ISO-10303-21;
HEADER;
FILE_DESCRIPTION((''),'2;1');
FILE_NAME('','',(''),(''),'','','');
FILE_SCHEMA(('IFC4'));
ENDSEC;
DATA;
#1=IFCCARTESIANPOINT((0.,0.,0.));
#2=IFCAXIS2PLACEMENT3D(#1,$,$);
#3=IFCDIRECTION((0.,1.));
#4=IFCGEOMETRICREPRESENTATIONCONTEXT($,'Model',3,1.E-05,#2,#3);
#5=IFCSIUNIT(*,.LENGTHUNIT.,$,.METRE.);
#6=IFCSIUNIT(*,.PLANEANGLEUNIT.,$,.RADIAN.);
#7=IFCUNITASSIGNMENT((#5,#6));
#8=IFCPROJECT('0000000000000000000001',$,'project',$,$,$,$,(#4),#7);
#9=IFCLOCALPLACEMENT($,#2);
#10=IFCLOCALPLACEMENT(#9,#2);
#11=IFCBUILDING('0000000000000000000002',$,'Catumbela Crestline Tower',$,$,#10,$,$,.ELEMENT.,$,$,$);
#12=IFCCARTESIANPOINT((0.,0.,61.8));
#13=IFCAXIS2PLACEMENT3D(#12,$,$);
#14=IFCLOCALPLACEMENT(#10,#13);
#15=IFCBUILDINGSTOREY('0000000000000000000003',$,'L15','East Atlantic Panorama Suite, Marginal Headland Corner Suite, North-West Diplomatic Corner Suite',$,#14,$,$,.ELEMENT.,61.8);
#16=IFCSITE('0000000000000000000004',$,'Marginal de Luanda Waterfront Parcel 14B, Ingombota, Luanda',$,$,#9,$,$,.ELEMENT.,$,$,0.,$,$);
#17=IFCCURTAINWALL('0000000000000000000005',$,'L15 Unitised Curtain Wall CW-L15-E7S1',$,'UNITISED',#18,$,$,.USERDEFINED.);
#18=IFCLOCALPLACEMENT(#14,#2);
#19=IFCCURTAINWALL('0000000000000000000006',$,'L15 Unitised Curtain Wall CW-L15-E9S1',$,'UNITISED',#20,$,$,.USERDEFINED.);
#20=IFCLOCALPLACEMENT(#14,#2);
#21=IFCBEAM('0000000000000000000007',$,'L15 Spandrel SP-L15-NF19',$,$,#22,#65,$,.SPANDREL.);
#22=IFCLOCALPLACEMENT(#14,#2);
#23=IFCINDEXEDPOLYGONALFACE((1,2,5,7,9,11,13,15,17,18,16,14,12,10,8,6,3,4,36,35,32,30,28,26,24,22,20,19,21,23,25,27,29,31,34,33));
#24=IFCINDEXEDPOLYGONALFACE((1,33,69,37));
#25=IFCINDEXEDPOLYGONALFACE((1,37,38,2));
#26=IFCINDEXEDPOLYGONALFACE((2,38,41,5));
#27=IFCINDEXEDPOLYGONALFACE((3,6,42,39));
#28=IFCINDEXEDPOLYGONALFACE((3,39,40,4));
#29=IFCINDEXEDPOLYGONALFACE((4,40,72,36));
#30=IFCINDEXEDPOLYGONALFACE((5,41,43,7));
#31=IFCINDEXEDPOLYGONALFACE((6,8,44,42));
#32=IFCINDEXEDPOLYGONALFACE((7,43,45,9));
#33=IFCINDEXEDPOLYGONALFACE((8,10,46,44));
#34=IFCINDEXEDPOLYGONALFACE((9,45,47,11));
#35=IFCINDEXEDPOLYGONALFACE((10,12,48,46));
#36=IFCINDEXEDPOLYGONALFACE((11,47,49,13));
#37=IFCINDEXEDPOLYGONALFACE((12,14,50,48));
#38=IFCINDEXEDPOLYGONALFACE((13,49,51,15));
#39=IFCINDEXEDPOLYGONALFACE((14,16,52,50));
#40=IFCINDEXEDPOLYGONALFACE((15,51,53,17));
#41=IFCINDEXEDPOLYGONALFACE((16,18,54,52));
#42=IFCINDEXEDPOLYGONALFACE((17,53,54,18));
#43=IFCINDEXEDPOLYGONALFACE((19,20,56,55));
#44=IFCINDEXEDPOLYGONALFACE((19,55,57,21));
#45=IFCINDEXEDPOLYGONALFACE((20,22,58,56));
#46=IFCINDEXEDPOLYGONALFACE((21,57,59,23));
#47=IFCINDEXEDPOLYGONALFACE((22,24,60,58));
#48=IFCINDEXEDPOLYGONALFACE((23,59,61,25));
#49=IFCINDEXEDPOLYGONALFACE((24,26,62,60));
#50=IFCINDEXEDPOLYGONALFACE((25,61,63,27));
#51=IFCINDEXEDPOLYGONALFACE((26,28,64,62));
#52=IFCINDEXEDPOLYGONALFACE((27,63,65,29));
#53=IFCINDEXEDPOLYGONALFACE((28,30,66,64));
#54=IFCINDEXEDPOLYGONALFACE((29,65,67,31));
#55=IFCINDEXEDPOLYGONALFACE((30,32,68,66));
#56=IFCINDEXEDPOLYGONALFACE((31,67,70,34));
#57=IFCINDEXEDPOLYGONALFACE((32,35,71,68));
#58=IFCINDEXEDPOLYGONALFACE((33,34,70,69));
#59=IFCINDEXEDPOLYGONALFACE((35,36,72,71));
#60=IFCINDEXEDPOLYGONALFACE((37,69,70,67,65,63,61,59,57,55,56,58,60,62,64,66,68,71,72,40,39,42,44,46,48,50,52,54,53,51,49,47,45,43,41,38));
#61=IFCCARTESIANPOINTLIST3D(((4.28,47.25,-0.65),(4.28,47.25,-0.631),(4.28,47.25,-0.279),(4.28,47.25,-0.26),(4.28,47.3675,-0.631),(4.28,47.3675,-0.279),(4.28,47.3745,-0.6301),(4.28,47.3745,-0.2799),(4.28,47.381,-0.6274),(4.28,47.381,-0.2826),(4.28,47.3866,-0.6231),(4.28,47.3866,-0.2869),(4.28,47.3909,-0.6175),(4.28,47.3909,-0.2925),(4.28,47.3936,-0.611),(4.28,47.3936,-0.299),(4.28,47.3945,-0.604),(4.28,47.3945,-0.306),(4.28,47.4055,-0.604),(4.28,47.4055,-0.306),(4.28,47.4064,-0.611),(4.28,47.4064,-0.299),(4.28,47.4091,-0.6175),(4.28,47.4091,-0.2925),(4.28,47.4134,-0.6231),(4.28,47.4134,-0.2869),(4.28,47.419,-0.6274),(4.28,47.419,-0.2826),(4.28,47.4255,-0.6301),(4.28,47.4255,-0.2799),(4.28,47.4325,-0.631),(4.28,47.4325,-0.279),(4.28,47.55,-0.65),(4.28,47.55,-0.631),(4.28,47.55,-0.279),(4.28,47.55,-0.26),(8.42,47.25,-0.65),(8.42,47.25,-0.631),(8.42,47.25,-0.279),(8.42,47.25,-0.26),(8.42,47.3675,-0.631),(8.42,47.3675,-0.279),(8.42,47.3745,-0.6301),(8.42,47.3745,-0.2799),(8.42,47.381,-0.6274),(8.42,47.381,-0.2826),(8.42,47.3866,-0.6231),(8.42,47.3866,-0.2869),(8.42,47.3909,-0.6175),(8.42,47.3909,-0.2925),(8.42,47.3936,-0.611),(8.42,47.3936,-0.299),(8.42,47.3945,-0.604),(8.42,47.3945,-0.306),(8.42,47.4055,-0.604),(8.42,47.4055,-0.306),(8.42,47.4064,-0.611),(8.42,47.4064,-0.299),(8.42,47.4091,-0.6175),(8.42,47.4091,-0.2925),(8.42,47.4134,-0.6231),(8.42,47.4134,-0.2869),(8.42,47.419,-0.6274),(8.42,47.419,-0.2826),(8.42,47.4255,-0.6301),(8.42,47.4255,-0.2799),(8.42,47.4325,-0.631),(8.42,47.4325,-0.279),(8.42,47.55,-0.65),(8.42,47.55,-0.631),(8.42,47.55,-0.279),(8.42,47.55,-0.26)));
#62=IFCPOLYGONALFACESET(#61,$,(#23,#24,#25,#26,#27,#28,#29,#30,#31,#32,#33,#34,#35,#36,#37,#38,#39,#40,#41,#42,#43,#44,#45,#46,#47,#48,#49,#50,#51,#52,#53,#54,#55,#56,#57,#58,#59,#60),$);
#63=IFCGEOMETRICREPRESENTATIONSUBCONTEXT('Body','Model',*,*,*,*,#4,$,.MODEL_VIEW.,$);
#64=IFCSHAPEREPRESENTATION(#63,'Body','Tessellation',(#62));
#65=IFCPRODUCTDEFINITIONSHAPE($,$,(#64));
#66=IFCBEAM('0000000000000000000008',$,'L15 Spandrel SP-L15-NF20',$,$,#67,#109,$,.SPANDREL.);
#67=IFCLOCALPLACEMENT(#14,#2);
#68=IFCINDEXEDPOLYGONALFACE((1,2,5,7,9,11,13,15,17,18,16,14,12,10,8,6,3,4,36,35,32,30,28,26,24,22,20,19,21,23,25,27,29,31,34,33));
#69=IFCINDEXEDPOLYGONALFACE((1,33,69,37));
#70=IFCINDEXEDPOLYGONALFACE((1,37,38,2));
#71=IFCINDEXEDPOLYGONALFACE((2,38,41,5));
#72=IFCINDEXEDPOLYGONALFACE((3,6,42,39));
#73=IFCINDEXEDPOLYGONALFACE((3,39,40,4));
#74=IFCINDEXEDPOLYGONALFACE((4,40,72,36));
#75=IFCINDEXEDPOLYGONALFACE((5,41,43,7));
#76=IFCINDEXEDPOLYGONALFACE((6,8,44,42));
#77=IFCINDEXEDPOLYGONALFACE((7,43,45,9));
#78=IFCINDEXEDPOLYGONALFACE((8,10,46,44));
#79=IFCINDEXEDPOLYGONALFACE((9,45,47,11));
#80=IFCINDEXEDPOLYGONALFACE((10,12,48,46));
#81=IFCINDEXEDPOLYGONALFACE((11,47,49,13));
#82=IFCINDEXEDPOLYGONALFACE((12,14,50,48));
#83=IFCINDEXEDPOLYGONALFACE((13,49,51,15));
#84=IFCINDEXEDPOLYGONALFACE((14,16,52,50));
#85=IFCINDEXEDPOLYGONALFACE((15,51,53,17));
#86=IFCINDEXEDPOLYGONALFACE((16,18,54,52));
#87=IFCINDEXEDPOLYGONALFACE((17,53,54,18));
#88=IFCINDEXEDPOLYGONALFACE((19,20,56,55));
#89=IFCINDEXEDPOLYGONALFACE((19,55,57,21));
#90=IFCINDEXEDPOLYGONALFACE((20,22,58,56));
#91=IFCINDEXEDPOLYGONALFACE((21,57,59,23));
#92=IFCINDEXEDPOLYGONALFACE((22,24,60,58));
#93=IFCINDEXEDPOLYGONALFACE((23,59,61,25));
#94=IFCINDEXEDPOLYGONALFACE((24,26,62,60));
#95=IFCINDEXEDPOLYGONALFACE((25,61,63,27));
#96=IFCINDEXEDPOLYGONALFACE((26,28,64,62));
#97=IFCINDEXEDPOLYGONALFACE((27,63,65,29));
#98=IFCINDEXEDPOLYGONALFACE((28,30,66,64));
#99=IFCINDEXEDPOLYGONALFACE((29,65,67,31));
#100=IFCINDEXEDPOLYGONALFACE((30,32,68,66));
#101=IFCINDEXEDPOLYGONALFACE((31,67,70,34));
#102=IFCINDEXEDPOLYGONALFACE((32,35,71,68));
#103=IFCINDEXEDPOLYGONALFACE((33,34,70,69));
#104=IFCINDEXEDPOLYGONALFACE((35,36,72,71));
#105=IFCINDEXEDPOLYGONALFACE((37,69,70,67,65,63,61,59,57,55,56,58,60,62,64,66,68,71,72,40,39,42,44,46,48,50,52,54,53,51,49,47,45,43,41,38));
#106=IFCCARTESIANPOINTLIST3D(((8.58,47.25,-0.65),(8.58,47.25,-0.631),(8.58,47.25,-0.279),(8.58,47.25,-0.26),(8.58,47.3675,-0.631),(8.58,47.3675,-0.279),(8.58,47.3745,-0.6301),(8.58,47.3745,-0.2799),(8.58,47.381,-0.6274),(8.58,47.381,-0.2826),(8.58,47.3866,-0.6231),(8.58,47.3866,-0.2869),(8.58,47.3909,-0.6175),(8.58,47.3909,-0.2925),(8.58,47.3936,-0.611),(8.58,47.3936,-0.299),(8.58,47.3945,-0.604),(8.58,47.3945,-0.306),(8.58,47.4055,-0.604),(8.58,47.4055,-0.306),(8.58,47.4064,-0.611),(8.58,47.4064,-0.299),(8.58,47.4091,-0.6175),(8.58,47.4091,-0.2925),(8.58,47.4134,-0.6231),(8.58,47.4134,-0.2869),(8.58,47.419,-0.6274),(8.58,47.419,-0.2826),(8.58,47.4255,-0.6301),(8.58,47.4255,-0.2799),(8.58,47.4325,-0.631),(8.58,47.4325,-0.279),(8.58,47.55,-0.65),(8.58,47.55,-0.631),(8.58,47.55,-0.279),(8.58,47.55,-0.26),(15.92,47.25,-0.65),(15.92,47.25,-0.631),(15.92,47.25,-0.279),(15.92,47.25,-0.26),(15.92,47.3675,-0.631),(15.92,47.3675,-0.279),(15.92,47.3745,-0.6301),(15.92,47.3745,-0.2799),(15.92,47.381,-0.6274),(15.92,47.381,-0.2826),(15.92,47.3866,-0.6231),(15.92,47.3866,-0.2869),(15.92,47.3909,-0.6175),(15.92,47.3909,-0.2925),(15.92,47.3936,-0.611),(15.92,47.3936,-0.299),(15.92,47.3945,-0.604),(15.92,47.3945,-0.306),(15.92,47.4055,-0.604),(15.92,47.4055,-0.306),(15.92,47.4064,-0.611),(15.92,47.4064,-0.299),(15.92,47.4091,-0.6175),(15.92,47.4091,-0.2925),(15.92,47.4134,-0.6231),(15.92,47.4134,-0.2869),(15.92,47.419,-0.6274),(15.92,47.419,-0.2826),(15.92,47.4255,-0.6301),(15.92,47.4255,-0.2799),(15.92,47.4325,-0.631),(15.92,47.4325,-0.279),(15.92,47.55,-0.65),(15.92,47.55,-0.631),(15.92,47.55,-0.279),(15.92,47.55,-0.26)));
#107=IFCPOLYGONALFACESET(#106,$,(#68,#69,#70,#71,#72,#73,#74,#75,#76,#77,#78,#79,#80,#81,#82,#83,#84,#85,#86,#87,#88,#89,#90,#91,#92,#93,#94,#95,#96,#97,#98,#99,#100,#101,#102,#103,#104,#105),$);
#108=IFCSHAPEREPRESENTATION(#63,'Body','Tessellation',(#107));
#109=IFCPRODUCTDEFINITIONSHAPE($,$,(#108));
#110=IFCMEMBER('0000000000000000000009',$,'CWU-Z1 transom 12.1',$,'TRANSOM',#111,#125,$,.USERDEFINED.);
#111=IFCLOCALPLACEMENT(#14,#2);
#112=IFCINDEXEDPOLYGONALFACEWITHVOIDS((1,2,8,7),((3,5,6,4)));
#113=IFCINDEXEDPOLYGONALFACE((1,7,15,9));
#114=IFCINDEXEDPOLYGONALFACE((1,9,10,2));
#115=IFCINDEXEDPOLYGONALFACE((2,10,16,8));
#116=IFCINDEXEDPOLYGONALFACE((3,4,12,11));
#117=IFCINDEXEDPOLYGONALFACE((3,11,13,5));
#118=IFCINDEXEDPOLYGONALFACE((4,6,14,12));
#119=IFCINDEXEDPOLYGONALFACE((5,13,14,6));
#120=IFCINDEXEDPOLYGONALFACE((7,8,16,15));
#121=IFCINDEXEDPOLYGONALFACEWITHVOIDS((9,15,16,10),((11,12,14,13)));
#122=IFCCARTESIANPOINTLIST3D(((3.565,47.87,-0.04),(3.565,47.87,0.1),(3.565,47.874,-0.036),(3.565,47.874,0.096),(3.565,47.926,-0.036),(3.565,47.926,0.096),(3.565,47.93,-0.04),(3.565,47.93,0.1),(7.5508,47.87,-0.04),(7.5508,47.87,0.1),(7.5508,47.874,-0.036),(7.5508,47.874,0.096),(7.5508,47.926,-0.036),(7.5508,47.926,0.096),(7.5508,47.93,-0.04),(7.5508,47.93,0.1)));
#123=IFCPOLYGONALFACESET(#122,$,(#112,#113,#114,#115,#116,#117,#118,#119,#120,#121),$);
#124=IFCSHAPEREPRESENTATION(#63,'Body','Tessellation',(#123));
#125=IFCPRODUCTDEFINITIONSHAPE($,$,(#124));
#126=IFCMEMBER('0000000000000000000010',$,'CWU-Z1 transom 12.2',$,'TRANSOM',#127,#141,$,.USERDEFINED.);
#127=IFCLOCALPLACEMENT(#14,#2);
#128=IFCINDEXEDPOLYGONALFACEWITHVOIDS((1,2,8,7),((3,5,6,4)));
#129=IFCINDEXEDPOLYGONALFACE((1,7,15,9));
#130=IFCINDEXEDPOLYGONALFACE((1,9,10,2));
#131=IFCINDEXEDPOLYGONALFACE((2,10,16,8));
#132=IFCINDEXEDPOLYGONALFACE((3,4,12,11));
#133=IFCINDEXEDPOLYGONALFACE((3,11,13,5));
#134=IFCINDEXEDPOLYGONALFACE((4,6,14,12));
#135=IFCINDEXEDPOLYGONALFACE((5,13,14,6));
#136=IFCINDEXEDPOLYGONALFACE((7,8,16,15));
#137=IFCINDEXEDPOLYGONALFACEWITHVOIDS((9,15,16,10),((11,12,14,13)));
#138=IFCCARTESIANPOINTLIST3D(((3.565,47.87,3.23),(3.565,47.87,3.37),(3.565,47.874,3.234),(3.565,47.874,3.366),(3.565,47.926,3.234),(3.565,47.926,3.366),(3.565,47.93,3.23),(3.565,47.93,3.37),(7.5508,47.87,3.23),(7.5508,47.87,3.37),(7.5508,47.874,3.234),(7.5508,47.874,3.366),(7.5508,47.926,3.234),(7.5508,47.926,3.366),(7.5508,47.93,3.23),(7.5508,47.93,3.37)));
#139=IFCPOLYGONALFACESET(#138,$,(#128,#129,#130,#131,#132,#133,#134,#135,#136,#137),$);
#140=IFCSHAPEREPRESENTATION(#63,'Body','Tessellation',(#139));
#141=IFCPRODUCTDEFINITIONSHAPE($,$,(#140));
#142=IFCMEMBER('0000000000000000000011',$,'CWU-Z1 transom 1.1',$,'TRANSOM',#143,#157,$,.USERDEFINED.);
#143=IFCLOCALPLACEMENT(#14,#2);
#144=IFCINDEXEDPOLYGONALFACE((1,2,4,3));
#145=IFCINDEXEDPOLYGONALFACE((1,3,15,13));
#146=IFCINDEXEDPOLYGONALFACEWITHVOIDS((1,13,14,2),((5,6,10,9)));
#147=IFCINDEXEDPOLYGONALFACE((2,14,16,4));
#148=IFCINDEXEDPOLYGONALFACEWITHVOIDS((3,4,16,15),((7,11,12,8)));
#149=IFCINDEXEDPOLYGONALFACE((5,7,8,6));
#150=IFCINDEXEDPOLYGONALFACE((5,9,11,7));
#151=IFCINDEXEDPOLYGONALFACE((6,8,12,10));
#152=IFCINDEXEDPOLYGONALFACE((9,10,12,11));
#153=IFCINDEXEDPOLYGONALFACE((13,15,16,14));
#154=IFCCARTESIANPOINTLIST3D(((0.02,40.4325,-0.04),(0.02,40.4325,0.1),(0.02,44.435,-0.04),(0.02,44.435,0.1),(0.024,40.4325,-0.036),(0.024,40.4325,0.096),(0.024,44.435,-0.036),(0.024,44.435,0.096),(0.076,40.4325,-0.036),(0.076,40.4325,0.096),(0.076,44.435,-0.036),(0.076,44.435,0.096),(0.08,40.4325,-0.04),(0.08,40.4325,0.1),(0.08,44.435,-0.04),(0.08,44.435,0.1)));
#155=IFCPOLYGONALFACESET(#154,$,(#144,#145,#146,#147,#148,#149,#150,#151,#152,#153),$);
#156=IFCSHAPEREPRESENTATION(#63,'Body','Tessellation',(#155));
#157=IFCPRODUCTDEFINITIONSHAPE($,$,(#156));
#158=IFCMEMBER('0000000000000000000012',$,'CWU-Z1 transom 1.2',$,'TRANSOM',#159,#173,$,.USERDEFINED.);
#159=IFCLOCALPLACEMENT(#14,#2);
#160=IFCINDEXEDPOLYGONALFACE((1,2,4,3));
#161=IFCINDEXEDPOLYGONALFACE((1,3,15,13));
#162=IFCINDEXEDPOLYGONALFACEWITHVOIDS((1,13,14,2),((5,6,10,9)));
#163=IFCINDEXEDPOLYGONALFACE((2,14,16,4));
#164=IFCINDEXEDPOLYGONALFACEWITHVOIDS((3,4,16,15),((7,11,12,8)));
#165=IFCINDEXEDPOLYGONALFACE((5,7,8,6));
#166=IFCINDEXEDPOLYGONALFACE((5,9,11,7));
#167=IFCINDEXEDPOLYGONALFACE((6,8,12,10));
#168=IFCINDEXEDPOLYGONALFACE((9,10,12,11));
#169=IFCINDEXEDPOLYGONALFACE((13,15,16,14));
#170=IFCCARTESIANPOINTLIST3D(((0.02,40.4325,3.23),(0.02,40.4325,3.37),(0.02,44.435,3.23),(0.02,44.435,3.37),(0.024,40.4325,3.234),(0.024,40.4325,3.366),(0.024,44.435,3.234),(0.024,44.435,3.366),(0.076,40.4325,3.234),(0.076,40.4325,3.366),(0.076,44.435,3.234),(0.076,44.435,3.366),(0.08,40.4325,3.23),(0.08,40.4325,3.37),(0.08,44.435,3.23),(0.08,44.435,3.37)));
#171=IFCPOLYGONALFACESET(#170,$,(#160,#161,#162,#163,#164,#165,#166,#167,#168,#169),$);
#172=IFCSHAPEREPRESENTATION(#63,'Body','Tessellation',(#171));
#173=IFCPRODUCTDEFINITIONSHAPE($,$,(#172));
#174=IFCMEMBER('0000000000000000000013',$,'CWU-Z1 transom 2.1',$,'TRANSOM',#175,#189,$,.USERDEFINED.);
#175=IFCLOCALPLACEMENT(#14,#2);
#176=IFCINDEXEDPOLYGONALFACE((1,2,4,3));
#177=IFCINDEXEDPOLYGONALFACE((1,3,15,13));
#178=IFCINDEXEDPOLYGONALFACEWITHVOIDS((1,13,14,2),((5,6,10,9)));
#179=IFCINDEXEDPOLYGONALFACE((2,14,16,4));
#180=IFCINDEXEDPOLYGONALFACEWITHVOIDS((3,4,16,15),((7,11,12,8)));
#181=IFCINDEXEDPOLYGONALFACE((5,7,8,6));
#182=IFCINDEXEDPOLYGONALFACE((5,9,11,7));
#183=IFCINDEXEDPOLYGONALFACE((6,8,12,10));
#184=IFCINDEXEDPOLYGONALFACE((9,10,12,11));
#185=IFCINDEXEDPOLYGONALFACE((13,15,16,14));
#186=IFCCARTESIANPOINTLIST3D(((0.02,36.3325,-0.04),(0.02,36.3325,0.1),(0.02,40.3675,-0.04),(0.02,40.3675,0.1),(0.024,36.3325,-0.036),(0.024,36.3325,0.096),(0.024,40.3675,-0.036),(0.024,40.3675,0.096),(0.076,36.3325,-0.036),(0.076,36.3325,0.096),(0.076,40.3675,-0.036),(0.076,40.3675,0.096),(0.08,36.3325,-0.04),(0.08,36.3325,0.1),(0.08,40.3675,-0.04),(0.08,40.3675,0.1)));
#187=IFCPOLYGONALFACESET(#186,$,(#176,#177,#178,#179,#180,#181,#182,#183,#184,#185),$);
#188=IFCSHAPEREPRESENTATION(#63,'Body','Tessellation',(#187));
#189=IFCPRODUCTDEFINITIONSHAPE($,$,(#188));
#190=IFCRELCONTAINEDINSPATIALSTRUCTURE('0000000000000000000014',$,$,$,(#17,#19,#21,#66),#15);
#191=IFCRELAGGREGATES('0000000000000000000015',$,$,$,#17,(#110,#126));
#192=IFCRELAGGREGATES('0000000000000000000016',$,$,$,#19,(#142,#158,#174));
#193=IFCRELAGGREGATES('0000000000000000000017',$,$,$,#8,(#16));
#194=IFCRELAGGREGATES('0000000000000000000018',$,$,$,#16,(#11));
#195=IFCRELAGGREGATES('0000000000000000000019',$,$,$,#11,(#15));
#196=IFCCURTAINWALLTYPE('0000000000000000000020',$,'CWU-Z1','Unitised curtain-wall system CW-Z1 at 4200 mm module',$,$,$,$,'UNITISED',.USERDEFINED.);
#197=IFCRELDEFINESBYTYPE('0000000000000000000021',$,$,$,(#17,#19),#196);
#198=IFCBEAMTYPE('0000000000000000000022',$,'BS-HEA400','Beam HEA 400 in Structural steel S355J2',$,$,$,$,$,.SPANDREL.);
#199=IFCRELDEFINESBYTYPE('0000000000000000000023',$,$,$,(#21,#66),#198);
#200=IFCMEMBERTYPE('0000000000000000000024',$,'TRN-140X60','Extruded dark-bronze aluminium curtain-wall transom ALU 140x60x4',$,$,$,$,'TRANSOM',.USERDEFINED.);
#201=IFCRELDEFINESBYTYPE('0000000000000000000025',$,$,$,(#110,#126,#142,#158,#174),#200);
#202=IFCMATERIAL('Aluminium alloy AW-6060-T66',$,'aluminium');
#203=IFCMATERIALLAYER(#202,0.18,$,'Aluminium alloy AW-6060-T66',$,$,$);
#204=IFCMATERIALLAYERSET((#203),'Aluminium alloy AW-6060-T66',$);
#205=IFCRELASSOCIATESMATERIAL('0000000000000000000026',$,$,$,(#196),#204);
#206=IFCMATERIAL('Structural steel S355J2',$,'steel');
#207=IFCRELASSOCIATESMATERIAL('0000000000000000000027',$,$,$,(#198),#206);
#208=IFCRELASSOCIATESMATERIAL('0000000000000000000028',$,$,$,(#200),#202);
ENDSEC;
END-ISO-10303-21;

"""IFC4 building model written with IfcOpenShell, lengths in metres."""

from ifc_helpers import new_model, si_unit, direction, frame, origin, origin_2d, place, context, subcontext, project, spatial, hollow_rectangle, i_section, extrude, material, layer, layer_set, material_profile, profile_set, type_object, element, aggregate, save


model = new_model("IFC4")

# Units and contexts
model_context = context("Model", 3, precision=1e-05, world=origin(), true_north=direction((0.0, 1.0)))
body_context = subcontext(model_context, "Body", "Model", "MODEL_VIEW")
ifc_project = project(units=[si_unit("LENGTHUNIT", "METRE"), si_unit("PLANEANGLEUNIT", "RADIAN")], contexts=[model_context])

# Site, building, storey
site_placement = place(None, origin())
site = spatial("IfcSite", under=ifc_project, at=site_placement, Name="Marginal de Luanda Waterfront Parcel 14B, Ingombota, Luanda", CompositionType="ELEMENT", RefElevation=0.0)
building_placement = place(site_placement, origin())
building = spatial("IfcBuilding", under=site, at=building_placement, Name="Catumbela Crestline Tower", CompositionType="ELEMENT")
storey_placement = place(building_placement, frame((0.0, 0.0, 61.8)))
storey = spatial("IfcBuildingStorey", under=building, at=storey_placement, Name="L15", Description="East Atlantic Panorama Suite, Marginal Headland Corner Suite, North-West Diplomatic Corner Suite", CompositionType="ELEMENT", Elevation=61.8)

# Shared definitions
ifc_material_1 = material(Name="Structural steel S355J2", Category="steel")

# Curtain walls
ifc_material_2 = material(Name="Aluminium alloy AW-6060-T66", Category="aluminium")
ifc_layer_1 = layer(ifc_material_2, 0.18, Name="Aluminium alloy AW-6060-T66")
ifc_layer_set_1 = layer_set([ifc_layer_1], Name="Aluminium alloy AW-6060-T66")
curtain_wall_type = type_object("IfcCurtainWallType", Name="CWU-Z1", Description="Unitised curtain-wall system CW-Z1 at 4200 mm module", ElementType="UNITISED", PredefinedType="USERDEFINED", material=ifc_layer_set_1)
curtain_wall_1_placement = place(storey_placement, origin())
curtain_wall_1 = element("IfcCurtainWall", 1, at=curtain_wall_1_placement, inside=storey, type_object=curtain_wall_type, Name="L15 Unitised Curtain Wall CW-L15-E7S1", ObjectType="UNITISED", PredefinedType="USERDEFINED")
curtain_wall_2_placement = place(storey_placement, origin())
curtain_wall_2 = element("IfcCurtainWall", 2, at=curtain_wall_2_placement, inside=storey, type_object=curtain_wall_type, Name="L15 Unitised Curtain Wall CW-L15-E9S1", ObjectType="UNITISED", PredefinedType="USERDEFINED")

# Beams
ifc_material_profile_1 = material_profile(ifc_material_1, i_section(OverallWidth=0.3, OverallDepth=0.39, WebThickness=0.011, FlangeThickness=0.019, FilletRadius=0.027, at=origin_2d()), Name="HEA 400")
ifc_profile_set_1 = profile_set([ifc_material_profile_1], Name="Structural steel S355J2")
beam_type_1 = type_object("IfcBeamType", Name="BS-HEA400", Description="Beam HEA 400 in Structural steel S355J2", PredefinedType="SPANDREL", material=ifc_profile_set_1)
beam_1_placement = place(storey_placement, frame((4.28, 47.4, -0.455), z_axis=(1.0, 0.0, 0.0), x_axis=(0.0, 1.0, 0.0)))
element("IfcBeam", 3, at=beam_1_placement, inside=storey, type_object=beam_type_1, Name="L15 Spandrel SP-L15-NF19", PredefinedType="SPANDREL", context=body_context, shape_type="SweptSolid", body=[
    extrude(i_section(OverallWidth=0.3, OverallDepth=0.39, WebThickness=0.011, FlangeThickness=0.019, FilletRadius=0.027, at=origin_2d()), origin(), (0.0, 0.0, 1.0), 4.14),
])
beam_2_placement = place(storey_placement, frame((8.58, 47.4, -0.455), z_axis=(1.0, 0.0, 0.0), x_axis=(0.0, 1.0, 0.0)))
element("IfcBeam", 4, at=beam_2_placement, inside=storey, type_object=beam_type_1, Name="L15 Spandrel SP-L15-NF20", PredefinedType="SPANDREL", context=body_context, shape_type="SweptSolid", body=[
    extrude(i_section(OverallWidth=0.3, OverallDepth=0.39, WebThickness=0.011, FlangeThickness=0.019, FilletRadius=0.027, at=origin_2d()), origin(), (0.0, 0.0, 1.0), 7.34),
])

# Members
ifc_material_profile_2 = material_profile(ifc_material_2, hollow_rectangle(XDim=0.06, YDim=0.14, WallThickness=0.004, at=origin_2d()), Name="ALU 140x60x4")
ifc_profile_set_2 = profile_set([ifc_material_profile_2], Name="Aluminium alloy AW-6060-T66")
member_type_1 = type_object("IfcMemberType", Name="TRN-140X60", Description="Extruded dark-bronze aluminium curtain-wall transom ALU 140x60x4", ElementType="TRANSOM", PredefinedType="USERDEFINED", material=ifc_profile_set_2)
member_1_placement = place(storey_placement, frame((7.5508, 47.9, 0.03), z_axis=(-1.0, 0.0, 0.0), x_axis=(0.0, -1.0, 0.0)))
member_1 = element("IfcMember", 5, at=member_1_placement, type_object=member_type_1, Name="CWU-Z1 transom 12.1", ObjectType="TRANSOM", PredefinedType="USERDEFINED", context=body_context, shape_type="SweptSolid", body=[
    extrude(hollow_rectangle(XDim=0.06, YDim=0.14, WallThickness=0.004, at=origin_2d()), origin(), (0.0, 0.0, 1.0), 3.9858),
])
member_2_placement = place(storey_placement, frame((7.5508, 47.9, 3.3), z_axis=(-1.0, 0.0, 0.0), x_axis=(0.0, -1.0, 0.0)))
member_2 = element("IfcMember", 6, at=member_2_placement, type_object=member_type_1, Name="CWU-Z1 transom 12.2", ObjectType="TRANSOM", PredefinedType="USERDEFINED", context=body_context, shape_type="SweptSolid", body=[
    extrude(hollow_rectangle(XDim=0.06, YDim=0.14, WallThickness=0.004, at=origin_2d()), origin(), (0.0, 0.0, 1.0), 3.9858),
])
member_3_placement = place(storey_placement, frame((0.05, 44.435, 0.03), z_axis=(0.0, -1.0, 0.0), x_axis=(1.0, 0.0, 0.0)))
member_3 = element("IfcMember", 7, at=member_3_placement, type_object=member_type_1, Name="CWU-Z1 transom 1.1", ObjectType="TRANSOM", PredefinedType="USERDEFINED", context=body_context, shape_type="SweptSolid", body=[
    extrude(hollow_rectangle(XDim=0.06, YDim=0.14, WallThickness=0.004, at=origin_2d()), origin(), (0.0, 0.0, 1.0), 4.0025),
])
member_4_placement = place(storey_placement, frame((0.05, 44.435, 3.3), z_axis=(0.0, -1.0, 0.0), x_axis=(1.0, 0.0, 0.0)))
member_4 = element("IfcMember", 8, at=member_4_placement, type_object=member_type_1, Name="CWU-Z1 transom 1.2", ObjectType="TRANSOM", PredefinedType="USERDEFINED", context=body_context, shape_type="SweptSolid", body=[
    extrude(hollow_rectangle(XDim=0.06, YDim=0.14, WallThickness=0.004, at=origin_2d()), origin(), (0.0, 0.0, 1.0), 4.0025),
])
member_5_placement = place(storey_placement, frame((0.05, 40.3675, 0.03), z_axis=(0.0, -1.0, 0.0), x_axis=(1.0, 0.0, 0.0)))
member_5 = element("IfcMember", 9, at=member_5_placement, type_object=member_type_1, Name="CWU-Z1 transom 2.1", ObjectType="TRANSOM", PredefinedType="USERDEFINED", context=body_context, shape_type="SweptSolid", body=[
    extrude(hollow_rectangle(XDim=0.06, YDim=0.14, WallThickness=0.004, at=origin_2d()), origin(), (0.0, 0.0, 1.0), 4.035),
])

aggregate(curtain_wall_1, [member_1, member_2])
aggregate(curtain_wall_2, [member_3, member_4, member_5])

save(model, "model.ifc")
